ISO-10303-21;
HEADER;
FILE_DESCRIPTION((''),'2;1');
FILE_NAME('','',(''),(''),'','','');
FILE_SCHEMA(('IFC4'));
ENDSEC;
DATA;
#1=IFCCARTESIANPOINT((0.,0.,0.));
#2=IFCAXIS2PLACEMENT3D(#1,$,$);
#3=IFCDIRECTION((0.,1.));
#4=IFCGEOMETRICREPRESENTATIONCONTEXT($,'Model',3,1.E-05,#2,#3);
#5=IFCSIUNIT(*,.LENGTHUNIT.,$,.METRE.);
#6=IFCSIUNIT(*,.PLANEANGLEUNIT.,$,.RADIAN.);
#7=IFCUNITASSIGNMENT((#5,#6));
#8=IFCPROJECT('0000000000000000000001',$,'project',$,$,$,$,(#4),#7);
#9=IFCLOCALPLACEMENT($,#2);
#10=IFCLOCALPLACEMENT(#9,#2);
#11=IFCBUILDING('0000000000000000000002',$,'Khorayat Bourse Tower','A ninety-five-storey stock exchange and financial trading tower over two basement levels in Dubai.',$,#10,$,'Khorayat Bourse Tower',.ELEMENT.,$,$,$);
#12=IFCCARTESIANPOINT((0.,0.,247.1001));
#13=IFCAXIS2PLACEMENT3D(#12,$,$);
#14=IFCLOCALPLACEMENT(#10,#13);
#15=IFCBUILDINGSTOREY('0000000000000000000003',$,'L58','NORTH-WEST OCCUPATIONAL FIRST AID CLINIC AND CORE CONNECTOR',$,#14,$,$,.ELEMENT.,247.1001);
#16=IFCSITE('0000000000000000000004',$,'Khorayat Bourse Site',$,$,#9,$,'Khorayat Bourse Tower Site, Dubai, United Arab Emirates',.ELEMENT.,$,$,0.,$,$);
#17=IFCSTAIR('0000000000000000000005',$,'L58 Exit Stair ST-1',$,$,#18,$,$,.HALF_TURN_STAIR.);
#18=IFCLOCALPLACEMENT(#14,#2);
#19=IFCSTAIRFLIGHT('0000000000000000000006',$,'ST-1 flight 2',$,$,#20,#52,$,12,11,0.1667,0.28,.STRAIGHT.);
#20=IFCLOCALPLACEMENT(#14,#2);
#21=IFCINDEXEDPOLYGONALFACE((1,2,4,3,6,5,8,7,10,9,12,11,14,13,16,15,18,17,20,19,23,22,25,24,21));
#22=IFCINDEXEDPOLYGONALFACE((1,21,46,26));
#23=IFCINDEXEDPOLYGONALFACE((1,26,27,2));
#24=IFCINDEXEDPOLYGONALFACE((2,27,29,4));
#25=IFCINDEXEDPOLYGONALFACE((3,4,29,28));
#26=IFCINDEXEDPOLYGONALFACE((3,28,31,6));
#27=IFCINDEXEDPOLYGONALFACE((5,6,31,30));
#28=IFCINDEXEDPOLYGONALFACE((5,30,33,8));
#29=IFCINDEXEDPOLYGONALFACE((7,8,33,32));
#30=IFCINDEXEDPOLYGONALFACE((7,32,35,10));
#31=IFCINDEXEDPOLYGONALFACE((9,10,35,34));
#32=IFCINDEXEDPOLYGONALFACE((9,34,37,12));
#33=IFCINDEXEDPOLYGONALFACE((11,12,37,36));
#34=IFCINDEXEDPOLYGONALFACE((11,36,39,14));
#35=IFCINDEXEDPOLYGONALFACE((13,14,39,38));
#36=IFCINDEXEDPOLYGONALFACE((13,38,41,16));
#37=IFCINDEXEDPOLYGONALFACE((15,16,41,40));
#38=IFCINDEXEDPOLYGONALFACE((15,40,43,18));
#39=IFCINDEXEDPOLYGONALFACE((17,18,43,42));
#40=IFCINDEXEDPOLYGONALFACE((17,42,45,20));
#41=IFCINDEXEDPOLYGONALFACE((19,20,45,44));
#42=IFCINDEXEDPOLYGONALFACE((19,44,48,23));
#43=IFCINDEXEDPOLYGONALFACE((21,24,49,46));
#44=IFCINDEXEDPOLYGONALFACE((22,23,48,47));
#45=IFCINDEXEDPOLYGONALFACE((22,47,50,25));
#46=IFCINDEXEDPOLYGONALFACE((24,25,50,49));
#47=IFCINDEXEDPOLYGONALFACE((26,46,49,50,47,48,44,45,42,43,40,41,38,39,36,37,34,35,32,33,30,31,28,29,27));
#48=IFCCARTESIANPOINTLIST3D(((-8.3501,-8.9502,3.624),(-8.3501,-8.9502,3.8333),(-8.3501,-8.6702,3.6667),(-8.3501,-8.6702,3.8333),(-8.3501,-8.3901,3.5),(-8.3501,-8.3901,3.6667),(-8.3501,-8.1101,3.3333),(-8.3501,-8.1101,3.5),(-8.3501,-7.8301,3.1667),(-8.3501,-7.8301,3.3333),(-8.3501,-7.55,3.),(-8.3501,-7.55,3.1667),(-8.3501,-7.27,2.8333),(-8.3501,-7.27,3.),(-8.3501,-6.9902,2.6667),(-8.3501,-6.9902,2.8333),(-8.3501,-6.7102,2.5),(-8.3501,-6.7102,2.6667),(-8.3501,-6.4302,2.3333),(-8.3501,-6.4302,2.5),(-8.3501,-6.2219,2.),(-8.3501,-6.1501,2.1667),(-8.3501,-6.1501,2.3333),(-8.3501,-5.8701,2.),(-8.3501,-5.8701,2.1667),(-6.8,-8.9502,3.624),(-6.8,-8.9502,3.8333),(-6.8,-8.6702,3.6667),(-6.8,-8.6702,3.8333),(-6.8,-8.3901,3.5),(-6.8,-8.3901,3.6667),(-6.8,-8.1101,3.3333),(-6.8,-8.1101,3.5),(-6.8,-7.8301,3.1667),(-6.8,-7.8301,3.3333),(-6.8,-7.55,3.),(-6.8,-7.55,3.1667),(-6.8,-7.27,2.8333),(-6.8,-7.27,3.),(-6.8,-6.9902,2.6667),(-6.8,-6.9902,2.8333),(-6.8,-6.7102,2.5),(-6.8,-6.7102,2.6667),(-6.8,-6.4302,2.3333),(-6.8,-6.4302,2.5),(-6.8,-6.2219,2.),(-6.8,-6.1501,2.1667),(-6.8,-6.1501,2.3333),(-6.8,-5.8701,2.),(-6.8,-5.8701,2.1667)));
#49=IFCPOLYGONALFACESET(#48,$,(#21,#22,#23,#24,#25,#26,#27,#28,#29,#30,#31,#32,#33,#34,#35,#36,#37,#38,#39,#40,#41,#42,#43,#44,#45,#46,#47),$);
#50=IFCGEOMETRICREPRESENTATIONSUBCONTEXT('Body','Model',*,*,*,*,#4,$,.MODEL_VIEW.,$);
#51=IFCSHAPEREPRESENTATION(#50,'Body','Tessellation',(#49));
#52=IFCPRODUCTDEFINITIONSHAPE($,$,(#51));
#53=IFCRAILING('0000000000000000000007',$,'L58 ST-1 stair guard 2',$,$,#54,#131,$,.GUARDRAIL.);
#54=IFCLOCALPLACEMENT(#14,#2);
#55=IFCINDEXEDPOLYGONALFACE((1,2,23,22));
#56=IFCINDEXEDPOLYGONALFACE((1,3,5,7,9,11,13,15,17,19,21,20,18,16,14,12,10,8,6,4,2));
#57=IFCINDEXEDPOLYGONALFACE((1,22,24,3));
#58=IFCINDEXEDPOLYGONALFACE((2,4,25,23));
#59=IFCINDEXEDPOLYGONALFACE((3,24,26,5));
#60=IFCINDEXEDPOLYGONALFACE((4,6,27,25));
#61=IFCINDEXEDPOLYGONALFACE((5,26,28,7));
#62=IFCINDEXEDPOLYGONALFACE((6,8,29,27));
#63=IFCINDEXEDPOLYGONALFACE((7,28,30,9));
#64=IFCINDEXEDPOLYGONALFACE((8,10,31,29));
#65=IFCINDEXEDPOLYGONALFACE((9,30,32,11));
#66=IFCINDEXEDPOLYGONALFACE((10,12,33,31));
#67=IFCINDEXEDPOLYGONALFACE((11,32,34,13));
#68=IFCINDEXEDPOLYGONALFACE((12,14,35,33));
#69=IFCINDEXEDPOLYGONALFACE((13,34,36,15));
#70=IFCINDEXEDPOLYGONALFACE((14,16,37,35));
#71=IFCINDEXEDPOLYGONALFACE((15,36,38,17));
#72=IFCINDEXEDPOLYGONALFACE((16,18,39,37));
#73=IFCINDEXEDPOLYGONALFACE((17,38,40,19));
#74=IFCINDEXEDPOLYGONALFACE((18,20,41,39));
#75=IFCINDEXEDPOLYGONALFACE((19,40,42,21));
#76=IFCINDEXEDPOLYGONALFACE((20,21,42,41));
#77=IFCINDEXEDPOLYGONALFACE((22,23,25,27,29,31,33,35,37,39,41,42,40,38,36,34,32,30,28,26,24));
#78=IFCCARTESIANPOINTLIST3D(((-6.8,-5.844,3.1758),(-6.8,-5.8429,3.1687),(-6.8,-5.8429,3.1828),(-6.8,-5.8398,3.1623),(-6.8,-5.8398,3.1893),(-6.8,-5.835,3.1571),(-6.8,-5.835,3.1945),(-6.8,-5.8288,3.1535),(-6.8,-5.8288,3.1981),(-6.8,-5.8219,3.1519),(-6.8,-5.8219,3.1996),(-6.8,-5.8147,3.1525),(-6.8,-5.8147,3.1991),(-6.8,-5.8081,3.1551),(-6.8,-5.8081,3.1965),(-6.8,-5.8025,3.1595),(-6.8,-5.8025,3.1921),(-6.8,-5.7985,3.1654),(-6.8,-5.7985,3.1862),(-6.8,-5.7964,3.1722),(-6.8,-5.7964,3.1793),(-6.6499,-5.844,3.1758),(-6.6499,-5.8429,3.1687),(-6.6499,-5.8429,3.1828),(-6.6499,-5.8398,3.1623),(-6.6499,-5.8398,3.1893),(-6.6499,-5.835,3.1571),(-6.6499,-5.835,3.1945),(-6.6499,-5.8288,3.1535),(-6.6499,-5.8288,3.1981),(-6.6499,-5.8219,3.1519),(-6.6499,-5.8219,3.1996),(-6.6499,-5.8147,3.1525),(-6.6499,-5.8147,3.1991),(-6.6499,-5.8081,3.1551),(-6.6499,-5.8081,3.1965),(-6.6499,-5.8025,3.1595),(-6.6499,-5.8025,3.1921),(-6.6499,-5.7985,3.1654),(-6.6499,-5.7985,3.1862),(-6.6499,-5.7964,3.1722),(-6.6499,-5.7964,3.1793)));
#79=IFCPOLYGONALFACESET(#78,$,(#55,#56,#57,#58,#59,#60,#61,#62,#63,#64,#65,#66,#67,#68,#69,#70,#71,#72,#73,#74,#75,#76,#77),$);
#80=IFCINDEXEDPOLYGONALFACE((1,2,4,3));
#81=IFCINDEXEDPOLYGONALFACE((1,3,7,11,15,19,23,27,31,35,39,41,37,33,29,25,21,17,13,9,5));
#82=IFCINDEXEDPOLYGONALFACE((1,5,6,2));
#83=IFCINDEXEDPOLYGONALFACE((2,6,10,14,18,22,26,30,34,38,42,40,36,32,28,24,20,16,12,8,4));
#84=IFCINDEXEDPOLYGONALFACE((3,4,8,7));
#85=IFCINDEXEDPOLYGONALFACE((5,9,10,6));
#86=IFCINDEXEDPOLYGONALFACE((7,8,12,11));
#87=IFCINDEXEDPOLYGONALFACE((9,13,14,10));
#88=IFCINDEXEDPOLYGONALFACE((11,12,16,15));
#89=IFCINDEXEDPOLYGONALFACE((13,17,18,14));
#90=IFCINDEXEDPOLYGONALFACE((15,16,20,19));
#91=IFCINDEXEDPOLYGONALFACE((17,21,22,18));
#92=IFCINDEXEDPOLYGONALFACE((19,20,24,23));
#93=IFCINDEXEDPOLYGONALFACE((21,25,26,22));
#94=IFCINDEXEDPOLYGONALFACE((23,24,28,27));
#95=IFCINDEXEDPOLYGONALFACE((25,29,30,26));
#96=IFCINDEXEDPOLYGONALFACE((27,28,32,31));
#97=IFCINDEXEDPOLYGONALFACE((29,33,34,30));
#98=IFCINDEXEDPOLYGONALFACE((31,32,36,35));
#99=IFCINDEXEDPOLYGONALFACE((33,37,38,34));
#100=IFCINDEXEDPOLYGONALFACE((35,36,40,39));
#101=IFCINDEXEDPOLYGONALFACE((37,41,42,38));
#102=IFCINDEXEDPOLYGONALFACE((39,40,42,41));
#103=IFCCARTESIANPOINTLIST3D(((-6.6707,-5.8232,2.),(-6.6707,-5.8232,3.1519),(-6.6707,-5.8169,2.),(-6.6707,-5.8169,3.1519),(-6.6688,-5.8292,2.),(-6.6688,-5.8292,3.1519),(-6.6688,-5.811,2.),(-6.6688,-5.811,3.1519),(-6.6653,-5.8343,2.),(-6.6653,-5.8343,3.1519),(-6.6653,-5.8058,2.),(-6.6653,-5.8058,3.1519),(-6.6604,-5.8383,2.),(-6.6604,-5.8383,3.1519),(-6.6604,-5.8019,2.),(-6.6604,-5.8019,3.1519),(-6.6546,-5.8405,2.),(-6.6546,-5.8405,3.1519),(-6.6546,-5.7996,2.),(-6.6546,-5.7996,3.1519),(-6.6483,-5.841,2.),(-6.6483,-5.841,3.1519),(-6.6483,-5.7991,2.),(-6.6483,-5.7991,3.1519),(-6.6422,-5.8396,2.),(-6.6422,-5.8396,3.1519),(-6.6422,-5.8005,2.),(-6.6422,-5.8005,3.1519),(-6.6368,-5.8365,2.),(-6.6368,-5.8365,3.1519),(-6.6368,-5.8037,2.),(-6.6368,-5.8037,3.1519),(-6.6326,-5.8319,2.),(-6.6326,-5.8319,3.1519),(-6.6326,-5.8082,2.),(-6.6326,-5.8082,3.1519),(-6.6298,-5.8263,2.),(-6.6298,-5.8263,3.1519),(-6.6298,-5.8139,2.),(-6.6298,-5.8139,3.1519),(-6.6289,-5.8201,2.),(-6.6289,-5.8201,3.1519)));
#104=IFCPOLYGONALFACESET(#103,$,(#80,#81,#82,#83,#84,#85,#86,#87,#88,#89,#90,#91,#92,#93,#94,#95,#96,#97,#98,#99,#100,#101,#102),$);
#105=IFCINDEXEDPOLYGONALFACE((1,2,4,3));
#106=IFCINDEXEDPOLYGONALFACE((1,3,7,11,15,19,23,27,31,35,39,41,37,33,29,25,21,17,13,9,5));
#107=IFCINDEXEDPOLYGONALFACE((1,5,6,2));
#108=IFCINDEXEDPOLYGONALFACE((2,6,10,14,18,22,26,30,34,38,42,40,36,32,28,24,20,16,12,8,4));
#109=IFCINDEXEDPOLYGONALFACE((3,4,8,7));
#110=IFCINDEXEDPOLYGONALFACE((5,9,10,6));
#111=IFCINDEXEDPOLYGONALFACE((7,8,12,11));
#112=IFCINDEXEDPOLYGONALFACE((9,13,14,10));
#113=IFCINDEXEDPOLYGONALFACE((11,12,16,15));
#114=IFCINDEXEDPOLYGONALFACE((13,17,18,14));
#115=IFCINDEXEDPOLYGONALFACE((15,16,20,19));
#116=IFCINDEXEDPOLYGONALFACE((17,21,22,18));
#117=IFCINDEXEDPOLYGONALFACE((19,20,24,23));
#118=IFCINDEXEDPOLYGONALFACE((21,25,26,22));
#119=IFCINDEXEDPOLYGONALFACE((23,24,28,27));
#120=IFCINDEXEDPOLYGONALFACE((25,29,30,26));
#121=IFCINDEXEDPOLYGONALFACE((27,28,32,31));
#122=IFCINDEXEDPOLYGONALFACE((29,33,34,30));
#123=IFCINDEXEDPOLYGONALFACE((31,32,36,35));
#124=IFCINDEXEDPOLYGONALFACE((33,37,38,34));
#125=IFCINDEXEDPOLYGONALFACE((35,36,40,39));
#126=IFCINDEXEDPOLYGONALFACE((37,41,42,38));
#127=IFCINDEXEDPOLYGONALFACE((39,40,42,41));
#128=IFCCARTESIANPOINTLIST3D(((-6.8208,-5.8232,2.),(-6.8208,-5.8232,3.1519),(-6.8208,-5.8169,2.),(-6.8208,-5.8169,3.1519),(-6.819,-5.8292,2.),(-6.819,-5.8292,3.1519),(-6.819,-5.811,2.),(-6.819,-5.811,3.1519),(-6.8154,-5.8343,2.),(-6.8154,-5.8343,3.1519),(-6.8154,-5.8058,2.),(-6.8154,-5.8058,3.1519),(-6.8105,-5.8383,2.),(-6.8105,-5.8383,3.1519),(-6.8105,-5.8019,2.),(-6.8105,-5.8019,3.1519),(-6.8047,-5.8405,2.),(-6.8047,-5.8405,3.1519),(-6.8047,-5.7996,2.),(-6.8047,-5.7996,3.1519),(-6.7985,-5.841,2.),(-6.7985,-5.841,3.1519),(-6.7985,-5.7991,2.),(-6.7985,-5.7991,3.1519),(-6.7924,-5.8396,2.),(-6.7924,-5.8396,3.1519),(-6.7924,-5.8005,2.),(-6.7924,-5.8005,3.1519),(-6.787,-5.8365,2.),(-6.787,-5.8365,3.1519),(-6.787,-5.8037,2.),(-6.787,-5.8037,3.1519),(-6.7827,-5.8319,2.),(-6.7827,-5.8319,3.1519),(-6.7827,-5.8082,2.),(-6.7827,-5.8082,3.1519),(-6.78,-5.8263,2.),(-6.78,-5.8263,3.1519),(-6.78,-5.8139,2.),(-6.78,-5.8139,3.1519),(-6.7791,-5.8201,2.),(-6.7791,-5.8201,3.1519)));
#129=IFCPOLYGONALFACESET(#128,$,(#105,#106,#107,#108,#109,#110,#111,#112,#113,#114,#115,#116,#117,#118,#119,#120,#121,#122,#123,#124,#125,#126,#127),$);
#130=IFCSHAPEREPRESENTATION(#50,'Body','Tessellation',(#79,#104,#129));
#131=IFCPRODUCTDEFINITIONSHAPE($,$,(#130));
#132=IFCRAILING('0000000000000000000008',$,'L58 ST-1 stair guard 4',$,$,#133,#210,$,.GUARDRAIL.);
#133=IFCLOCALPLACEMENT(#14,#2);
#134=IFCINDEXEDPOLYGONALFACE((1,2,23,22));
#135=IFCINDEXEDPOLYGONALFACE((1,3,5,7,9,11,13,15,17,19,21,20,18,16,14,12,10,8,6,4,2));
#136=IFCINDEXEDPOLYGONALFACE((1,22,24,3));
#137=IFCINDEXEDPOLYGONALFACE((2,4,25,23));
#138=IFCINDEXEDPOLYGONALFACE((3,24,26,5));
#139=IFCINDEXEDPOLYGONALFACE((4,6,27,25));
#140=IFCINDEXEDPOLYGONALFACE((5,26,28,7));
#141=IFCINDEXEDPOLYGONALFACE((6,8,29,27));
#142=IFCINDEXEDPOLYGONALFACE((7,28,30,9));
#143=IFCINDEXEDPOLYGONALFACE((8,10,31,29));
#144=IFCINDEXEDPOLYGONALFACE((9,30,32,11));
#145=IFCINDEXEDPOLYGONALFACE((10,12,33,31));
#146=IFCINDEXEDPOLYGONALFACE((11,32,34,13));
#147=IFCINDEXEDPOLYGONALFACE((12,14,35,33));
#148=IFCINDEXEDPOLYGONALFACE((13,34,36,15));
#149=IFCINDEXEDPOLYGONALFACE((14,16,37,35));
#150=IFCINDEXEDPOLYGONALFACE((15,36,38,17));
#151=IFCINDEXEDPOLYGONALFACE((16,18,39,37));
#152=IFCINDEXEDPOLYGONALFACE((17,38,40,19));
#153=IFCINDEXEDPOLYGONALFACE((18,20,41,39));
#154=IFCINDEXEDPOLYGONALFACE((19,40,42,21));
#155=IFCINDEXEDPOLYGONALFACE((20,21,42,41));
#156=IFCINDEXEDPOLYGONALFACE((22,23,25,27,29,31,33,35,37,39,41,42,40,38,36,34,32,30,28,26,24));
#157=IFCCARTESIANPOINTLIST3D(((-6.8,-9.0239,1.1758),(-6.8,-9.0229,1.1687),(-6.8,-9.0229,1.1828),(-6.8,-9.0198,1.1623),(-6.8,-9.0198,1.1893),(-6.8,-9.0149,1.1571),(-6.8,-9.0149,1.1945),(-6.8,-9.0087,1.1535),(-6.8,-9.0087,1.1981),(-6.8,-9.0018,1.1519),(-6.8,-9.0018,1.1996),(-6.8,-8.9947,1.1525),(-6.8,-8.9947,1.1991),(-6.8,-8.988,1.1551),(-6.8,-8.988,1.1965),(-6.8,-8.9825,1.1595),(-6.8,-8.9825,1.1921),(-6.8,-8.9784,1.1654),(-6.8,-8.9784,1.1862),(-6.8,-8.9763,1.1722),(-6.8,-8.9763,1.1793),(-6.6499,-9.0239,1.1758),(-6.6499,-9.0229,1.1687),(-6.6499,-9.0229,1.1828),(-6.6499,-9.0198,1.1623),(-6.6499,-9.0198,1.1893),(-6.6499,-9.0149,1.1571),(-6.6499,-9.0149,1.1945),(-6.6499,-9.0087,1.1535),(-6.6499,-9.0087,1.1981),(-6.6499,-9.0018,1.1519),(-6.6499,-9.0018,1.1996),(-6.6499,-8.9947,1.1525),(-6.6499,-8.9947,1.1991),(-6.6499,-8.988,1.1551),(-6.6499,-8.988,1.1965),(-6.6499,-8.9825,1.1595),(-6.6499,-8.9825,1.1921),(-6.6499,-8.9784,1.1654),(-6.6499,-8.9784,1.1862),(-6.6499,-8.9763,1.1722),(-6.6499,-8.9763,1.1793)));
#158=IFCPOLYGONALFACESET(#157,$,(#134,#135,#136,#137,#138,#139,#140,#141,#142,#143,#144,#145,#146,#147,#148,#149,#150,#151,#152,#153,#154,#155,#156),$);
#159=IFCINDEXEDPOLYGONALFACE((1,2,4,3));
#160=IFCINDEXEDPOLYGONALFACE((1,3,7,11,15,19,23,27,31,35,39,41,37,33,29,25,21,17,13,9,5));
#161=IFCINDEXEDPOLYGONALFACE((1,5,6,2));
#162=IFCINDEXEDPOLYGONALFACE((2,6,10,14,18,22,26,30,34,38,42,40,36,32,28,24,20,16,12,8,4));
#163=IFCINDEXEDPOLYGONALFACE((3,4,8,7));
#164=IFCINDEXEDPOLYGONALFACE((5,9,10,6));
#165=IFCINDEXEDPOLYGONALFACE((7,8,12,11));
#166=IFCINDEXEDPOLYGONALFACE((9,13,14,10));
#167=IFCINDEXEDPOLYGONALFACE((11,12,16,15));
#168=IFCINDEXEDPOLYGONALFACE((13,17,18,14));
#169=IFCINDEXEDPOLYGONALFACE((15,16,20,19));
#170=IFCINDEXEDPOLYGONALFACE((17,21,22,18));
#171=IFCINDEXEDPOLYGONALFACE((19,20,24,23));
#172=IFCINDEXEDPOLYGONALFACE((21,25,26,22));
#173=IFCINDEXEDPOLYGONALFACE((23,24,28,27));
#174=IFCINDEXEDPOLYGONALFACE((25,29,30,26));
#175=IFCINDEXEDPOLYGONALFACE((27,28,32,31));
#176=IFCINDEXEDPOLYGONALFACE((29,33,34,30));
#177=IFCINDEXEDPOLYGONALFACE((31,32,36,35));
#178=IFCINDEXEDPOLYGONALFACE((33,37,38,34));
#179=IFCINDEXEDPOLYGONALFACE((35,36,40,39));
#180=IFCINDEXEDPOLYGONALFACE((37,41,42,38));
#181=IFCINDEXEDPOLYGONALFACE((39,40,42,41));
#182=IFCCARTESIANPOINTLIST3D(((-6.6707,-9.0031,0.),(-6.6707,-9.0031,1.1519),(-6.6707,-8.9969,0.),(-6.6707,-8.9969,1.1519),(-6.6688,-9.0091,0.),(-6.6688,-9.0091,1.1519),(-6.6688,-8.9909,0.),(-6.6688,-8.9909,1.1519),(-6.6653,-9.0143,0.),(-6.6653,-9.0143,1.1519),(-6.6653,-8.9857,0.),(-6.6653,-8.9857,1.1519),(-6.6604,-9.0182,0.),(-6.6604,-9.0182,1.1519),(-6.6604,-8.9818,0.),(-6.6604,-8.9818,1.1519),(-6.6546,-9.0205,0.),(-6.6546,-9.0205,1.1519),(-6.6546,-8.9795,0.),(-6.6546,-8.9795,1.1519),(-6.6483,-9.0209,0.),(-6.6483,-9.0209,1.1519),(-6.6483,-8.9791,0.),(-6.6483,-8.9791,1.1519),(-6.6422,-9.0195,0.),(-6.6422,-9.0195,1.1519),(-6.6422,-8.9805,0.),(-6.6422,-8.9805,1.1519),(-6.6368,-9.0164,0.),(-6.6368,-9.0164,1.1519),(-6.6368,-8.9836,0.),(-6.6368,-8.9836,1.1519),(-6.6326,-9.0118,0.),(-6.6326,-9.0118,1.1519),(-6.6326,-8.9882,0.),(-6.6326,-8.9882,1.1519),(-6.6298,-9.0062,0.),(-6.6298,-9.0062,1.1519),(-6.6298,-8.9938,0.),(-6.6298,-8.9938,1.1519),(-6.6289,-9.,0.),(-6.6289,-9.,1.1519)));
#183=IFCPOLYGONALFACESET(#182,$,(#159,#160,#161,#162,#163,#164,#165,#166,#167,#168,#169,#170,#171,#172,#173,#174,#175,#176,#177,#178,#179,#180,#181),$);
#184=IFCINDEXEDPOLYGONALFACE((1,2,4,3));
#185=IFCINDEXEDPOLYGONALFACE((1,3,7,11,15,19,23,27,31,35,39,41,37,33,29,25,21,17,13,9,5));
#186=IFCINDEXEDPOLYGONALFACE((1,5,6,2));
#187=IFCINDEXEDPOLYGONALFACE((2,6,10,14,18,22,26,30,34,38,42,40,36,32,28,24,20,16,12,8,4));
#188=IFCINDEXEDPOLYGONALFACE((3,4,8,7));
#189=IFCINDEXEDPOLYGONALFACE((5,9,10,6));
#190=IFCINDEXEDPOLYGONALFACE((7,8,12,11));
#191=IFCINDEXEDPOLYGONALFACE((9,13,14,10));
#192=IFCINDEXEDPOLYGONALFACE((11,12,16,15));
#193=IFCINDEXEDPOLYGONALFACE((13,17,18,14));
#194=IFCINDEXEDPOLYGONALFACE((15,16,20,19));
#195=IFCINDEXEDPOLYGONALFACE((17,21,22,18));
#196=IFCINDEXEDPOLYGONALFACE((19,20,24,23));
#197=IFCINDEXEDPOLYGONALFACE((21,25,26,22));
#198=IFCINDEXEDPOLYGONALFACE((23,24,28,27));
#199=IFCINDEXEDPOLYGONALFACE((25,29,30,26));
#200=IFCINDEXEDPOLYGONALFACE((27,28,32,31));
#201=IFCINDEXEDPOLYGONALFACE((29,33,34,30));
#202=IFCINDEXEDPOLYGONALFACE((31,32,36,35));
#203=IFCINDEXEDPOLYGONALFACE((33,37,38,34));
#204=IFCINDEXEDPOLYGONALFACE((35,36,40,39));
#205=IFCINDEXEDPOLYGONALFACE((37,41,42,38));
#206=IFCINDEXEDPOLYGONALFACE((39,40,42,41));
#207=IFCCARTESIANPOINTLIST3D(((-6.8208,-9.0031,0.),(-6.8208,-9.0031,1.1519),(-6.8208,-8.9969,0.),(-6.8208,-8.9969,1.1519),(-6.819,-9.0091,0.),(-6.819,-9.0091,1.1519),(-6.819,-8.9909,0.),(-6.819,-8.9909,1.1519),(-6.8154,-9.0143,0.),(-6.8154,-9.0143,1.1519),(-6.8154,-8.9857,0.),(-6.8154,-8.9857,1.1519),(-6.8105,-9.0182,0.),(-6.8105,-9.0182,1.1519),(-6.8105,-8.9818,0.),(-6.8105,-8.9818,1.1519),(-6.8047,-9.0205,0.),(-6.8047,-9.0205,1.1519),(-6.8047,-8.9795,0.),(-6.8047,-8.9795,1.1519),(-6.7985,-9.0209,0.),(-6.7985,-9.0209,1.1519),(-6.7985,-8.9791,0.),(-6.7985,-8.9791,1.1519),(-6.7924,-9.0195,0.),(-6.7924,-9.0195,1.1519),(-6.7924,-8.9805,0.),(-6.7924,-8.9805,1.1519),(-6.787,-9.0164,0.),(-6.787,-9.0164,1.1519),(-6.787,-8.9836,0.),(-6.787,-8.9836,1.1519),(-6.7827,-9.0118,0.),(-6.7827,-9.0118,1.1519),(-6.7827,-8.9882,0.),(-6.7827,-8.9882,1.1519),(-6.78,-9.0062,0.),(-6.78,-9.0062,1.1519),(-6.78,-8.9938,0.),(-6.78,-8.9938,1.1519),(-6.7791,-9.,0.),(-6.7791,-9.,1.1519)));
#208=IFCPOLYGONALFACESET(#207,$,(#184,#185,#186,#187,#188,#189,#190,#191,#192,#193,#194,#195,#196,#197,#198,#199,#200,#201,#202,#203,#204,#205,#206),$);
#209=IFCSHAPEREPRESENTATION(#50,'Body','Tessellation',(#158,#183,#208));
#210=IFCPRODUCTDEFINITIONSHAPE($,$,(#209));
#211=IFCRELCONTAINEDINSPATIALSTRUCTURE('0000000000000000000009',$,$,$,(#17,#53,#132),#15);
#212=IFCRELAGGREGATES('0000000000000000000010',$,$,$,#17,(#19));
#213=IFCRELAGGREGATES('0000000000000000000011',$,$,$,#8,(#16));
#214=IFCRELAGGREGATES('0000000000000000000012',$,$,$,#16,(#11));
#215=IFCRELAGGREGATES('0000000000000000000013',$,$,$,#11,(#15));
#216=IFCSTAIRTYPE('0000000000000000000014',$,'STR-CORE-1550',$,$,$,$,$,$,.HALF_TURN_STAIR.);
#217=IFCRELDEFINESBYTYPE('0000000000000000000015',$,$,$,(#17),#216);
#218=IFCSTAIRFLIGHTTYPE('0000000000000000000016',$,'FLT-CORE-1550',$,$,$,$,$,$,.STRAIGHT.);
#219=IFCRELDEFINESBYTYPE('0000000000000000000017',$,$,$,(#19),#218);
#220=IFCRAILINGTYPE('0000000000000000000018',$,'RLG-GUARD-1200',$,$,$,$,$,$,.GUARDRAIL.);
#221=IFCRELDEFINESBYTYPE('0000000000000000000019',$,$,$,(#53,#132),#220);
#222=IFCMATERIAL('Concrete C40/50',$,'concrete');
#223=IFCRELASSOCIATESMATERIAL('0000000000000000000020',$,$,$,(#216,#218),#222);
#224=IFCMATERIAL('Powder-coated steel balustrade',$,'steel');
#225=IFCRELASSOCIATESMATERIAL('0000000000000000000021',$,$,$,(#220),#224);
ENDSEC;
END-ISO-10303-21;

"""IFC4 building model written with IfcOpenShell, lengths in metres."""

from ifc_helpers import new_model, si_unit, direction, frame, origin, origin_2d, place, context, subcontext, project, spatial, polyline, circle, outline, extrude, source, transform, mapped, material, type_object, element, aggregate, save


model = new_model("IFC4")

# Units and contexts
model_context = context("Model", 3, precision=1e-05, world=origin(), true_north=direction((0.0, 1.0)))
body_context = subcontext(model_context, "Body", "Model", "MODEL_VIEW")
ifc_project = project(units=[si_unit("LENGTHUNIT", "METRE"), si_unit("PLANEANGLEUNIT", "RADIAN")], contexts=[model_context])

# Site, building, storey
site_placement = place(None, origin())
site = spatial("IfcSite", under=ifc_project, at=site_placement, Name="Khorayat Bourse Site", LongName="Khorayat Bourse Tower Site, Dubai, United Arab Emirates", CompositionType="ELEMENT", RefElevation=0.0)
building_placement = place(site_placement, origin())
building = spatial("IfcBuilding", under=site, at=building_placement, Name="Khorayat Bourse Tower", Description="A ninety-five-storey stock exchange and financial trading tower over two basement levels in Dubai.", LongName="Khorayat Bourse Tower", CompositionType="ELEMENT")
storey_placement = place(building_placement, frame((0.0, 0.0, 247.1001)))
storey = spatial("IfcBuildingStorey", under=building, at=storey_placement, Name="L58", Description="NORTH-WEST OCCUPATIONAL FIRST AID CLINIC AND CORE CONNECTOR", CompositionType="ELEMENT", Elevation=247.1001)

# Stair, stair flight
ifc_material_1 = material(Name="Concrete C40/50", Category="concrete")
stair_type = type_object("IfcStairType", Name="STR-CORE-1550", PredefinedType="HALF_TURN_STAIR", material=ifc_material_1)
stair_placement = place(storey_placement, origin())
stair = element("IfcStair", 1, at=stair_placement, inside=storey, type_object=stair_type, Name="L58 Exit Stair ST-1", PredefinedType="HALF_TURN_STAIR")
stair_flight_type = type_object("IfcStairFlightType", Name="FLT-CORE-1550", PredefinedType="STRAIGHT", material=ifc_material_1)
shared_shape_1 = source(origin(), body_context, "Body", "SweptSolid", [
    extrude(outline(polyline([(0.0, 0.0), (0.0, 0.1667), (0.28, 0.1667), (0.28, 0.3333), (0.5601, 0.3333), (0.5601, 0.5), (0.8401, 0.5), (0.8401, 0.6667), (1.1201, 0.6667), (1.1201, 0.8333), (1.3999, 0.8333), (1.3999, 1.0), (1.6799, 1.0), (1.6799, 1.1667), (1.96, 1.1667), (1.96, 1.3333), (2.24, 1.3333), (2.24, 1.5), (2.52, 1.5), (2.52, 1.6667), (2.8, 1.6667), (2.8, 1.8333), (3.0801, 1.8333), (3.0801, 2.0), (3.0801, 1.624), (0.3518, 0.0), (0.0, 0.0)])), frame((0.0, 0.7749, 0.0), z_axis=(0.0, -1.0, 0.0), x_axis=(1.0, 0.0, 0.0)), (0.0, 0.0, 1.0), 1.55),
])
stair_flight_1_placement = place(storey_placement, frame((-7.575, -5.8701, 2.0), z_axis=(0.0, 0.0, 1.0), x_axis=(0.0, -1.0, 0.0)))
stair_flight_1 = element("IfcStairFlight", 2, at=stair_flight_1_placement, type_object=stair_flight_type, Name="ST-1 flight 2", NumberOfRisers=12, NumberOfTreads=11, PredefinedType="STRAIGHT", RiserHeight=0.1667, TreadLength=0.28, context=body_context, shape_type="MappedRepresentation", body=[
    mapped(shared_shape_1, transform((0.0, 0.0, 0.0), scale=1.0)),
])
aggregate(stair, [stair_flight_1])

# Railings
ifc_material_2 = material(Name="Powder-coated steel balustrade", Category="steel")
railing_type_1 = type_object("IfcRailingType", Name="RLG-GUARD-1200", PredefinedType="GUARDRAIL", material=ifc_material_2)
shared_shape_2 = source(origin(), body_context, "Body", "SweptSolid", [
    extrude(circle(Radius=0.0239, at=origin_2d()), frame((0.0, 0.0, 1.1758), z_axis=(-1.0, 0.0, 0.0), x_axis=(0.0, -1.0, 0.0)), (0.0, 0.0, 1.0), 0.1501),
    extrude(circle(Radius=0.021, at=origin_2d()), origin(), (0.0, 0.0, 1.0), 1.1519),
    extrude(circle(Radius=0.021, at=origin_2d()), frame((-0.1501, 0.0, 0.0)), (0.0, 0.0, 1.0), 1.1519),
])
for number, where, name in (
    (3, (-6.6499, -5.8201, 2.0), "L58 ST-1 stair guard 2"),
    (4, (-6.6499, -9.0, 0.0), "L58 ST-1 stair guard 4"),
):
    element("IfcRailing", number, at=place(storey_placement, frame(where)), inside=storey, type_object=railing_type_1, Name=name, PredefinedType="GUARDRAIL", context=body_context, shape_type="MappedRepresentation", body=[
        mapped(shared_shape_2, transform((0.0, 0.0, 0.0), scale=1.0)),
    ])

save(model, "model.ifc")
